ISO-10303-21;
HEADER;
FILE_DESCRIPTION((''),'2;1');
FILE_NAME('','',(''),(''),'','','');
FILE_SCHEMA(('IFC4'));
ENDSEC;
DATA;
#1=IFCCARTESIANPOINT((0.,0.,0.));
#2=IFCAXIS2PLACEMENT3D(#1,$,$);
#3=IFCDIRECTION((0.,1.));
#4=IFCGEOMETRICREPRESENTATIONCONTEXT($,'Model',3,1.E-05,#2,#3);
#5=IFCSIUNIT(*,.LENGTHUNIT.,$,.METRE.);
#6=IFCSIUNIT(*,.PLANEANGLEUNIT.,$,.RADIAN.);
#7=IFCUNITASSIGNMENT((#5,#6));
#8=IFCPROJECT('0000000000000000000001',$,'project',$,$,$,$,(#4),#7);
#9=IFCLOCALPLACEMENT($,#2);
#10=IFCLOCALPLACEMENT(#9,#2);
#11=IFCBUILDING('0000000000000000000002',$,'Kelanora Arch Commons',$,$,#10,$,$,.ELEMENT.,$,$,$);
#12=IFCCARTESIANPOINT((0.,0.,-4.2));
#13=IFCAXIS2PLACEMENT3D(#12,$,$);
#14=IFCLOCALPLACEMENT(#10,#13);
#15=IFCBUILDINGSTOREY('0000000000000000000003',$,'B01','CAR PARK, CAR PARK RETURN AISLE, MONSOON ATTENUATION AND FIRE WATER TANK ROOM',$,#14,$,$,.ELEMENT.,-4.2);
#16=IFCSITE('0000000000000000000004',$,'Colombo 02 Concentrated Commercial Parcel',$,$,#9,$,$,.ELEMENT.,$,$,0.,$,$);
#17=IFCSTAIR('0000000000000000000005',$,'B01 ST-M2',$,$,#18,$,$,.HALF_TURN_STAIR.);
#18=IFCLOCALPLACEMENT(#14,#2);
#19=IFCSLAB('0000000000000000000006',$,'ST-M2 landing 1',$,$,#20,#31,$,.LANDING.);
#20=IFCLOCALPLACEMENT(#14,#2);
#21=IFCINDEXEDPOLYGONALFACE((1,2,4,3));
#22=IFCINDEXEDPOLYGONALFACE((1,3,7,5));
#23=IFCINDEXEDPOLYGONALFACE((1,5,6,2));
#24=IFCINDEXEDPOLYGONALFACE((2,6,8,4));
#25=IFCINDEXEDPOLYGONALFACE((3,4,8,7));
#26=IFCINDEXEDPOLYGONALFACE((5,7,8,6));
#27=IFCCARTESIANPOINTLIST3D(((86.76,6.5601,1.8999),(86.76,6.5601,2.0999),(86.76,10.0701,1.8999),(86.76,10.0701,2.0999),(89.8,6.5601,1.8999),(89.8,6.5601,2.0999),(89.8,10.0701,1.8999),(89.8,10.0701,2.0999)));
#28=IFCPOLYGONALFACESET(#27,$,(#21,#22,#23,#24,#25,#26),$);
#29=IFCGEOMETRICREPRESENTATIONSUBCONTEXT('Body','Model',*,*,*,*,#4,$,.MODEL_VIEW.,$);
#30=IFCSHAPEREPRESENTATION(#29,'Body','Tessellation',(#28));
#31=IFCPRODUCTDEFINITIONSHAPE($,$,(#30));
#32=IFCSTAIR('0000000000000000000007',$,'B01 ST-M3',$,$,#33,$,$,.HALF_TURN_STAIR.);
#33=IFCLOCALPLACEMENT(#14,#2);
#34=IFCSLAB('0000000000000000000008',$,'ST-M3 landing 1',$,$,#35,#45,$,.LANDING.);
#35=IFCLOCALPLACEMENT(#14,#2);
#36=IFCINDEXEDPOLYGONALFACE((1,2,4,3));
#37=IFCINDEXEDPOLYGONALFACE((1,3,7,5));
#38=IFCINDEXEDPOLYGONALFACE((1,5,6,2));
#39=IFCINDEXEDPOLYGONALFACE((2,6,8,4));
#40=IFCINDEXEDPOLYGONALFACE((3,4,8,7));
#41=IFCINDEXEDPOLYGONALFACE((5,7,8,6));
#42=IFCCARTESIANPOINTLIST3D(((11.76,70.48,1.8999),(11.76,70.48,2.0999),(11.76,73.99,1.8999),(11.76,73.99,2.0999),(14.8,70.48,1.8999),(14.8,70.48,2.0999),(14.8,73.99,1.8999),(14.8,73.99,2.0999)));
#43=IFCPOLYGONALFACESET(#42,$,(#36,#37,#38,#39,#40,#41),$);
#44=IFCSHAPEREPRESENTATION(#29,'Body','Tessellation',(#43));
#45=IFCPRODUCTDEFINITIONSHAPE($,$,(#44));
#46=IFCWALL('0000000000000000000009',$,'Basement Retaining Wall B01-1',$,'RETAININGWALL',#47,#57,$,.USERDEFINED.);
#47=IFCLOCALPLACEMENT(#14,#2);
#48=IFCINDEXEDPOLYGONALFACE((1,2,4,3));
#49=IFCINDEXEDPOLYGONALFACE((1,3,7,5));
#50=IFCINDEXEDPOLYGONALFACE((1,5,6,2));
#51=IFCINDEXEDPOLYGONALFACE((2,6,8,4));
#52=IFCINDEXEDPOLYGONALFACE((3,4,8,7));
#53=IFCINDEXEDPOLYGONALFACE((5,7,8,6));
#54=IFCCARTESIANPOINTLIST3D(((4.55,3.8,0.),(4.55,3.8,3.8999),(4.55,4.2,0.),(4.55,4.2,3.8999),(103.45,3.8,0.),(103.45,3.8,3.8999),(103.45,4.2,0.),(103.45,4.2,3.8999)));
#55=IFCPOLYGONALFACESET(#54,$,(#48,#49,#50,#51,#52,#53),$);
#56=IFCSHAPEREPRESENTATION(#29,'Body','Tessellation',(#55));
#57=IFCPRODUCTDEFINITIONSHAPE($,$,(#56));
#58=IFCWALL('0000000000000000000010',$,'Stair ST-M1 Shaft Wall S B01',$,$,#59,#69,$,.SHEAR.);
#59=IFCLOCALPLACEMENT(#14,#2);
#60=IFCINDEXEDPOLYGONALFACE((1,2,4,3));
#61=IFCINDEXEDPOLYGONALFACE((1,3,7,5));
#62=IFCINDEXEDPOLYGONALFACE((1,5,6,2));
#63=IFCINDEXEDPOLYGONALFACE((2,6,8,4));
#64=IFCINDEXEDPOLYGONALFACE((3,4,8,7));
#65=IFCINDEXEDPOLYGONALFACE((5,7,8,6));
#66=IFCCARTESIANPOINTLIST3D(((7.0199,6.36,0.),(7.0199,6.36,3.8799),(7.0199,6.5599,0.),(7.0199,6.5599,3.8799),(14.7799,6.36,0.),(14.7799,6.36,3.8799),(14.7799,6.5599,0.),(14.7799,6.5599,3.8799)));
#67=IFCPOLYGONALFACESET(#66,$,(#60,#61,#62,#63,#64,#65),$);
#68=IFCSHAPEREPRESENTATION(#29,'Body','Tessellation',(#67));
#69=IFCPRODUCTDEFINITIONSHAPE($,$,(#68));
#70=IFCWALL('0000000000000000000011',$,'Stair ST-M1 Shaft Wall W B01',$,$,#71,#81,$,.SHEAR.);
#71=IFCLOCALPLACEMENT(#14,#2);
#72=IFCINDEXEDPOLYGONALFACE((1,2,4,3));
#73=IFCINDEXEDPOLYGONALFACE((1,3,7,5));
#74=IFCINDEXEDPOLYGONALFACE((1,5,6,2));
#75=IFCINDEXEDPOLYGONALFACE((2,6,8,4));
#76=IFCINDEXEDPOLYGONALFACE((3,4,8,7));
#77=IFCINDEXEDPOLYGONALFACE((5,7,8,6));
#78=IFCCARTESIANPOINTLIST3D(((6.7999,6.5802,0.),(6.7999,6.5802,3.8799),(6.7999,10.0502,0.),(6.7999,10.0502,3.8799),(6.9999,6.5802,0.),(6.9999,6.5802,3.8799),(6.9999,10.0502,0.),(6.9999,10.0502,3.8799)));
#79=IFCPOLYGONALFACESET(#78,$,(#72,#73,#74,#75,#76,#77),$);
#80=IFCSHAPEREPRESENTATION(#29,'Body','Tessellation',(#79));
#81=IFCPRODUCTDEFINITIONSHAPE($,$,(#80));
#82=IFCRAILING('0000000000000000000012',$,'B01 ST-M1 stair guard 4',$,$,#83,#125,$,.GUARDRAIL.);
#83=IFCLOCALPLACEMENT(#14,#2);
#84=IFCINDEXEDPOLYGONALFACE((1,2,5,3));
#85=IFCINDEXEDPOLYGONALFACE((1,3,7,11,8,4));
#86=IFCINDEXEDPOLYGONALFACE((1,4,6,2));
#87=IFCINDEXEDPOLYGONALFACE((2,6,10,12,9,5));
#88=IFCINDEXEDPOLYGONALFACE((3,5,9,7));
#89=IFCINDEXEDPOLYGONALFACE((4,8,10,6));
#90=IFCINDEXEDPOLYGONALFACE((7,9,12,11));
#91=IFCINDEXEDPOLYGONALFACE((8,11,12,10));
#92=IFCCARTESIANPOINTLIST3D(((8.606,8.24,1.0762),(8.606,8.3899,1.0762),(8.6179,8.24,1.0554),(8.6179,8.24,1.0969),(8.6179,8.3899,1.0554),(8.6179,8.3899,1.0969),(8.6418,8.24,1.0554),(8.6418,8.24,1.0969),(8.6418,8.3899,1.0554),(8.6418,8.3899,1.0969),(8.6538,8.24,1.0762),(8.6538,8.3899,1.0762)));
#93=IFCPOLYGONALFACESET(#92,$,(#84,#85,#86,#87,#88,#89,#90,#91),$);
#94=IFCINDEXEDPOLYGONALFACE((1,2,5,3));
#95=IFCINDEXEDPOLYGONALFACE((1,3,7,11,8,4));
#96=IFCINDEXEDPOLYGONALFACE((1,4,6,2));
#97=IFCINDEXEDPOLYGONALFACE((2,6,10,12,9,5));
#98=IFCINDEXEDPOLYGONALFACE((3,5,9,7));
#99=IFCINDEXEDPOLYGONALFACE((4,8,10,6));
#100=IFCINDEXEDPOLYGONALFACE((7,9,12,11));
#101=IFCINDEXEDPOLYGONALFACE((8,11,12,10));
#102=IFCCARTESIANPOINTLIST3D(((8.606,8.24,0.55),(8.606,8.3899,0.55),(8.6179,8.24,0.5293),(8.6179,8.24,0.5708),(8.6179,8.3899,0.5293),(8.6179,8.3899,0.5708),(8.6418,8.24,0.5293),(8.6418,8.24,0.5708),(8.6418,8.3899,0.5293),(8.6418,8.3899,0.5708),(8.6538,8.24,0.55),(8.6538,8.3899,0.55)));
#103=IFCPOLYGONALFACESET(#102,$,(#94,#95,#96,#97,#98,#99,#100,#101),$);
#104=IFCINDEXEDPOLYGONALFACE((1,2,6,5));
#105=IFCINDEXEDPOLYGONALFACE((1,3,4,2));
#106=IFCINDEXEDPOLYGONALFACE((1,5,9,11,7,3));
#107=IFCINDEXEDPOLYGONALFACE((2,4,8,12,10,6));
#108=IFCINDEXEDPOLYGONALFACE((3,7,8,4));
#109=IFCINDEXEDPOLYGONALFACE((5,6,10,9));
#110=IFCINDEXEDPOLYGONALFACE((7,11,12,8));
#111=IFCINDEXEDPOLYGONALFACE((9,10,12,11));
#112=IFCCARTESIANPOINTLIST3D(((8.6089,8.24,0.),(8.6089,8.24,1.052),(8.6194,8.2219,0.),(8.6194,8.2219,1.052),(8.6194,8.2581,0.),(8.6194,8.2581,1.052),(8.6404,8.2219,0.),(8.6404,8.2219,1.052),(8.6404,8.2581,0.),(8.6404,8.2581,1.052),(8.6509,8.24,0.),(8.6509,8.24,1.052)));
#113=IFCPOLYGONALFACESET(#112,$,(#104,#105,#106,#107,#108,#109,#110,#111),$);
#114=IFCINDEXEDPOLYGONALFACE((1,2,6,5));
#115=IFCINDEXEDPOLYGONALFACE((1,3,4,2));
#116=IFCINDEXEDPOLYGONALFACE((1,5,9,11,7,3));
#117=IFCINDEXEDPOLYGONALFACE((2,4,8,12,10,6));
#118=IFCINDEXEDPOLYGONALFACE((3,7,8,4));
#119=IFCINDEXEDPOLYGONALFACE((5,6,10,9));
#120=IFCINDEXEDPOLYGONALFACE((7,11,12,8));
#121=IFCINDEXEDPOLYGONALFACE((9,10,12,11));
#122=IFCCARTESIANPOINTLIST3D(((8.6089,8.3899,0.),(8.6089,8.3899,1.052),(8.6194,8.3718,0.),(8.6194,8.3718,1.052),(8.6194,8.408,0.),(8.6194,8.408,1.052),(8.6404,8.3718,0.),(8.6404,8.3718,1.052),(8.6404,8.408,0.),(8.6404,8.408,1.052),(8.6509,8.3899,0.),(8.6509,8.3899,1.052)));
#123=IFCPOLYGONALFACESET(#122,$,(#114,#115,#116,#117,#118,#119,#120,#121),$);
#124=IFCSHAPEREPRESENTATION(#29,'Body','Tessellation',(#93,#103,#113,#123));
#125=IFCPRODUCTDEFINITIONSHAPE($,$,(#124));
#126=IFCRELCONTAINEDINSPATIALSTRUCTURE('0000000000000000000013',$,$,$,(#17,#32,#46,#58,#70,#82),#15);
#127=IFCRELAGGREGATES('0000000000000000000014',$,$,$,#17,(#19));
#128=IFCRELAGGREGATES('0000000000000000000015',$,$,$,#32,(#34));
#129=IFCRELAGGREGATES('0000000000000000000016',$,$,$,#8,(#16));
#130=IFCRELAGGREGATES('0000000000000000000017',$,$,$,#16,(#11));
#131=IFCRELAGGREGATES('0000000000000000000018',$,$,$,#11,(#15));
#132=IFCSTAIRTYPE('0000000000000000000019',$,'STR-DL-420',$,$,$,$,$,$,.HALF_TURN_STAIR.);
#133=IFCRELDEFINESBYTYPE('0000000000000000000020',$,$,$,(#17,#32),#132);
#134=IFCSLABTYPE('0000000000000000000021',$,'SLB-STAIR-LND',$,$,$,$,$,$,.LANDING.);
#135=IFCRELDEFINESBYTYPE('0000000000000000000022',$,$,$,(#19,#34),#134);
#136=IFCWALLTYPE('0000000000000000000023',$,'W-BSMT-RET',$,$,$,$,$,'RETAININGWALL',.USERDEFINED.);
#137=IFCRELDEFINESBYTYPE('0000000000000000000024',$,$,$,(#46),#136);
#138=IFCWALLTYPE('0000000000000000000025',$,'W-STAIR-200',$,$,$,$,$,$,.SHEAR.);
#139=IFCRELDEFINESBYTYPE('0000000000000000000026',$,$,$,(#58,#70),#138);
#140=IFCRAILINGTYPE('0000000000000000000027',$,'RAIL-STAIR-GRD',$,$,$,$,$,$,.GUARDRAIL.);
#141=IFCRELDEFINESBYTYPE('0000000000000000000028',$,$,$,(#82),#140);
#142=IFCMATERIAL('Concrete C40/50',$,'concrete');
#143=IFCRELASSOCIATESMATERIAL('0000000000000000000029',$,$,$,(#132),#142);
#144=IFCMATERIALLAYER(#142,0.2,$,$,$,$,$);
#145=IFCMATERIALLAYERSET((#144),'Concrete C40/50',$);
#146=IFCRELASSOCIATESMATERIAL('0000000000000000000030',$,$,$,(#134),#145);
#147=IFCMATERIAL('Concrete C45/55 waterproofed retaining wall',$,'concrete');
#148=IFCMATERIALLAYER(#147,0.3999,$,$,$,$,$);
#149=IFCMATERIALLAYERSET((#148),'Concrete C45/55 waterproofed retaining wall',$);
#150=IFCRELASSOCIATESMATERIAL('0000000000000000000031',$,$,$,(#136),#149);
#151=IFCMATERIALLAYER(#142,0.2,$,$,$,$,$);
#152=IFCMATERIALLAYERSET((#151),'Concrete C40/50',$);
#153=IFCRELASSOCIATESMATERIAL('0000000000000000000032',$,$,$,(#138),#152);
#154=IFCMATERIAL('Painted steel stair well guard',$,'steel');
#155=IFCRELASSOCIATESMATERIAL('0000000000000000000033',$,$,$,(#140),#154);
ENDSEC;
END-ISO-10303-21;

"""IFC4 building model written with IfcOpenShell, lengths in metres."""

from ifc_helpers import new_model, si_unit, direction, frame, frame_2d, origin, place, context, subcontext, project, spatial, polyline, rectangle, outline, extrude, material, layer, layer_set, type_object, element, aggregate, save


model = new_model("IFC4")

# Units and contexts
model_context = context("Model", 3, precision=1e-05, world=origin(), true_north=direction((0.0, 1.0)))
body_context = subcontext(model_context, "Body", "Model", "MODEL_VIEW")
ifc_project = project(units=[si_unit("LENGTHUNIT", "METRE"), si_unit("PLANEANGLEUNIT", "RADIAN")], contexts=[model_context])

# Site, building, storey
site_placement = place(None, origin())
site = spatial("IfcSite", under=ifc_project, at=site_placement, Name="Colombo 02 Concentrated Commercial Parcel", CompositionType="ELEMENT", RefElevation=0.0)
building_placement = place(site_placement, origin())
building = spatial("IfcBuilding", under=site, at=building_placement, Name="Kelanora Arch Commons", CompositionType="ELEMENT")
storey_placement = place(building_placement, frame((0.0, 0.0, -4.2)))
storey = spatial("IfcBuildingStorey", under=building, at=storey_placement, Name="B01", Description="CAR PARK, CAR PARK RETURN AISLE, MONSOON ATTENUATION AND FIRE WATER TANK ROOM", CompositionType="ELEMENT", Elevation=-4.2)

# Shared definitions
ifc_material_1 = material(Name="Concrete C40/50", Category="concrete")

# Stairs, slabs
stair_type = type_object("IfcStairType", Name="STR-DL-420", PredefinedType="HALF_TURN_STAIR", material=ifc_material_1)
ifc_layer_1 = layer(ifc_material_1, 0.2)
ifc_layer_set_1 = layer_set([ifc_layer_1], Name="Concrete C40/50")
slab_type_1 = type_object("IfcSlabType", Name="SLB-STAIR-LND", PredefinedType="LANDING", material=ifc_layer_set_1)
stair_1_placement = place(storey_placement, origin())
stair_1 = element("IfcStair", 1, at=stair_1_placement, inside=storey, type_object=stair_type, Name="B01 ST-M2", PredefinedType="HALF_TURN_STAIR")
slab_1_placement = place(storey_placement, frame((0.0, 0.0, 1.8999)))
slab_1 = element("IfcSlab", 2, at=slab_1_placement, type_object=slab_type_1, Name="ST-M2 landing 1", PredefinedType="LANDING", context=body_context, shape_type="SweptSolid", body=[
    extrude(outline(polyline([(86.76, 6.5601), (89.8, 6.5601), (89.8, 10.0701), (86.76, 10.0701), (86.76, 6.5601)])), origin(), (0.0, 0.0, 1.0), 0.2),
])
aggregate(stair_1, [slab_1])
stair_2_placement = place(storey_placement, origin())
stair_2 = element("IfcStair", 3, at=stair_2_placement, inside=storey, type_object=stair_type, Name="B01 ST-M3", PredefinedType="HALF_TURN_STAIR")
slab_2_placement = place(storey_placement, frame((0.0, 0.0, 1.8999)))
slab_2 = element("IfcSlab", 4, at=slab_2_placement, type_object=slab_type_1, Name="ST-M3 landing 1", PredefinedType="LANDING", context=body_context, shape_type="SweptSolid", body=[
    extrude(outline(polyline([(11.76, 70.48), (14.8, 70.48), (14.8, 73.99), (11.76, 73.99), (11.76, 70.48)])), origin(), (0.0, 0.0, 1.0), 0.2),
])
aggregate(stair_2, [slab_2])

# Walls
ifc_material_2 = material(Name="Concrete C45/55 waterproofed retaining wall", Category="concrete")
ifc_layer_2 = layer(ifc_material_2, 0.3999)
ifc_layer_set_2 = layer_set([ifc_layer_2], Name="Concrete C45/55 waterproofed retaining wall")
wall_type_1 = type_object("IfcWallType", Name="W-BSMT-RET", ElementType="RETAININGWALL", PredefinedType="USERDEFINED", material=ifc_layer_set_2)
wall_1_placement = place(storey_placement, frame((4.55, 4.0, 0.0), z_axis=(0.0, 0.0, 1.0), x_axis=(1.0, 0.0, 0.0)))
element("IfcWall", 5, at=wall_1_placement, inside=storey, type_object=wall_type_1, Name="Basement Retaining Wall B01-1", ObjectType="RETAININGWALL", PredefinedType="USERDEFINED", context=body_context, shape_type="SweptSolid", body=[
    extrude(rectangle(XDim=98.8999, YDim=0.3999, at=frame_2d((49.45, 0.0))), origin(), (0.0, 0.0, 1.0), 3.8999),
])
ifc_layer_3 = layer(ifc_material_1, 0.2)
ifc_layer_set_3 = layer_set([ifc_layer_3], Name="Concrete C40/50")
wall_type_2 = type_object("IfcWallType", Name="W-STAIR-200", PredefinedType="SHEAR", material=ifc_layer_set_3)
wall_2_placement = place(storey_placement, frame((7.02, 6.46, 0.0), z_axis=(0.0, 0.0, 1.0), x_axis=(1.0, 0.0, 0.0)))
element("IfcWall", 6, at=wall_2_placement, inside=storey, type_object=wall_type_2, Name="Stair ST-M1 Shaft Wall S B01", PredefinedType="SHEAR", context=body_context, shape_type="SweptSolid", body=[
    extrude(rectangle(XDim=7.76, YDim=0.2, at=frame_2d((3.8799, 0.0))), origin(), (0.0, 0.0, 1.0), 3.8799),
])
wall_3_placement = place(storey_placement, frame((6.8999, 10.05, 0.0), z_axis=(0.0, 0.0, 1.0), x_axis=(0.0, -1.0, 0.0)))
element("IfcWall", 7, at=wall_3_placement, inside=storey, type_object=wall_type_2, Name="Stair ST-M1 Shaft Wall W B01", PredefinedType="SHEAR", context=body_context, shape_type="SweptSolid", body=[
    extrude(rectangle(XDim=3.47, YDim=0.2, at=frame_2d((1.7349, 0.0))), origin(), (0.0, 0.0, 1.0), 3.8799),
])

# Railing
ifc_material_3 = material(Name="Painted steel stair well guard", Category="steel")
railing_type = type_object("IfcRailingType", Name="RAIL-STAIR-GRD", PredefinedType="GUARDRAIL", material=ifc_material_3)
railing_placement = place(storey_placement, frame((8.6299, 8.24, 0.0)))
element("IfcRailing", 8, at=railing_placement, inside=storey, type_object=railing_type, Name="B01 ST-M1 stair guard 4", PredefinedType="GUARDRAIL", context=body_context, shape_type="SweptSolid", body=[
    extrude(outline(polyline([(0.0239, 0.0), (0.012, 0.0208), (-0.012, 0.0208), (-0.0239, 0.0), (-0.012, -0.0208), (0.012, -0.0208), (0.0239, 0.0)])), frame((0.0, 0.0, 1.0762), z_axis=(0.0, 1.0, 0.0), x_axis=(-1.0, 0.0, 0.0)), (0.0, 0.0, 1.0), 0.1499),
    extrude(outline(polyline([(0.0239, 0.0), (0.012, 0.0208), (-0.012, 0.0208), (-0.0239, 0.0), (-0.012, -0.0208), (0.012, -0.0208), (0.0239, 0.0)])), frame((0.0, 0.0, 0.55), z_axis=(0.0, 1.0, 0.0), x_axis=(-1.0, 0.0, 0.0)), (0.0, 0.0, 1.0), 0.1499),
    extrude(outline(polyline([(0.021, 0.0), (0.0105, 0.0181), (-0.0105, 0.0181), (-0.021, 0.0), (-0.0105, -0.0181), (0.0105, -0.0181), (0.021, 0.0)])), origin(), (0.0, 0.0, 1.0), 1.052),
    extrude(outline(polyline([(0.021, 0.0), (0.0105, 0.0181), (-0.0105, 0.0181), (-0.021, 0.0), (-0.0105, -0.0181), (0.0105, -0.0181), (0.021, 0.0)])), frame((0.0, 0.1499, 0.0)), (0.0, 0.0, 1.0), 1.052),
])

save(model, "model.ifc")
